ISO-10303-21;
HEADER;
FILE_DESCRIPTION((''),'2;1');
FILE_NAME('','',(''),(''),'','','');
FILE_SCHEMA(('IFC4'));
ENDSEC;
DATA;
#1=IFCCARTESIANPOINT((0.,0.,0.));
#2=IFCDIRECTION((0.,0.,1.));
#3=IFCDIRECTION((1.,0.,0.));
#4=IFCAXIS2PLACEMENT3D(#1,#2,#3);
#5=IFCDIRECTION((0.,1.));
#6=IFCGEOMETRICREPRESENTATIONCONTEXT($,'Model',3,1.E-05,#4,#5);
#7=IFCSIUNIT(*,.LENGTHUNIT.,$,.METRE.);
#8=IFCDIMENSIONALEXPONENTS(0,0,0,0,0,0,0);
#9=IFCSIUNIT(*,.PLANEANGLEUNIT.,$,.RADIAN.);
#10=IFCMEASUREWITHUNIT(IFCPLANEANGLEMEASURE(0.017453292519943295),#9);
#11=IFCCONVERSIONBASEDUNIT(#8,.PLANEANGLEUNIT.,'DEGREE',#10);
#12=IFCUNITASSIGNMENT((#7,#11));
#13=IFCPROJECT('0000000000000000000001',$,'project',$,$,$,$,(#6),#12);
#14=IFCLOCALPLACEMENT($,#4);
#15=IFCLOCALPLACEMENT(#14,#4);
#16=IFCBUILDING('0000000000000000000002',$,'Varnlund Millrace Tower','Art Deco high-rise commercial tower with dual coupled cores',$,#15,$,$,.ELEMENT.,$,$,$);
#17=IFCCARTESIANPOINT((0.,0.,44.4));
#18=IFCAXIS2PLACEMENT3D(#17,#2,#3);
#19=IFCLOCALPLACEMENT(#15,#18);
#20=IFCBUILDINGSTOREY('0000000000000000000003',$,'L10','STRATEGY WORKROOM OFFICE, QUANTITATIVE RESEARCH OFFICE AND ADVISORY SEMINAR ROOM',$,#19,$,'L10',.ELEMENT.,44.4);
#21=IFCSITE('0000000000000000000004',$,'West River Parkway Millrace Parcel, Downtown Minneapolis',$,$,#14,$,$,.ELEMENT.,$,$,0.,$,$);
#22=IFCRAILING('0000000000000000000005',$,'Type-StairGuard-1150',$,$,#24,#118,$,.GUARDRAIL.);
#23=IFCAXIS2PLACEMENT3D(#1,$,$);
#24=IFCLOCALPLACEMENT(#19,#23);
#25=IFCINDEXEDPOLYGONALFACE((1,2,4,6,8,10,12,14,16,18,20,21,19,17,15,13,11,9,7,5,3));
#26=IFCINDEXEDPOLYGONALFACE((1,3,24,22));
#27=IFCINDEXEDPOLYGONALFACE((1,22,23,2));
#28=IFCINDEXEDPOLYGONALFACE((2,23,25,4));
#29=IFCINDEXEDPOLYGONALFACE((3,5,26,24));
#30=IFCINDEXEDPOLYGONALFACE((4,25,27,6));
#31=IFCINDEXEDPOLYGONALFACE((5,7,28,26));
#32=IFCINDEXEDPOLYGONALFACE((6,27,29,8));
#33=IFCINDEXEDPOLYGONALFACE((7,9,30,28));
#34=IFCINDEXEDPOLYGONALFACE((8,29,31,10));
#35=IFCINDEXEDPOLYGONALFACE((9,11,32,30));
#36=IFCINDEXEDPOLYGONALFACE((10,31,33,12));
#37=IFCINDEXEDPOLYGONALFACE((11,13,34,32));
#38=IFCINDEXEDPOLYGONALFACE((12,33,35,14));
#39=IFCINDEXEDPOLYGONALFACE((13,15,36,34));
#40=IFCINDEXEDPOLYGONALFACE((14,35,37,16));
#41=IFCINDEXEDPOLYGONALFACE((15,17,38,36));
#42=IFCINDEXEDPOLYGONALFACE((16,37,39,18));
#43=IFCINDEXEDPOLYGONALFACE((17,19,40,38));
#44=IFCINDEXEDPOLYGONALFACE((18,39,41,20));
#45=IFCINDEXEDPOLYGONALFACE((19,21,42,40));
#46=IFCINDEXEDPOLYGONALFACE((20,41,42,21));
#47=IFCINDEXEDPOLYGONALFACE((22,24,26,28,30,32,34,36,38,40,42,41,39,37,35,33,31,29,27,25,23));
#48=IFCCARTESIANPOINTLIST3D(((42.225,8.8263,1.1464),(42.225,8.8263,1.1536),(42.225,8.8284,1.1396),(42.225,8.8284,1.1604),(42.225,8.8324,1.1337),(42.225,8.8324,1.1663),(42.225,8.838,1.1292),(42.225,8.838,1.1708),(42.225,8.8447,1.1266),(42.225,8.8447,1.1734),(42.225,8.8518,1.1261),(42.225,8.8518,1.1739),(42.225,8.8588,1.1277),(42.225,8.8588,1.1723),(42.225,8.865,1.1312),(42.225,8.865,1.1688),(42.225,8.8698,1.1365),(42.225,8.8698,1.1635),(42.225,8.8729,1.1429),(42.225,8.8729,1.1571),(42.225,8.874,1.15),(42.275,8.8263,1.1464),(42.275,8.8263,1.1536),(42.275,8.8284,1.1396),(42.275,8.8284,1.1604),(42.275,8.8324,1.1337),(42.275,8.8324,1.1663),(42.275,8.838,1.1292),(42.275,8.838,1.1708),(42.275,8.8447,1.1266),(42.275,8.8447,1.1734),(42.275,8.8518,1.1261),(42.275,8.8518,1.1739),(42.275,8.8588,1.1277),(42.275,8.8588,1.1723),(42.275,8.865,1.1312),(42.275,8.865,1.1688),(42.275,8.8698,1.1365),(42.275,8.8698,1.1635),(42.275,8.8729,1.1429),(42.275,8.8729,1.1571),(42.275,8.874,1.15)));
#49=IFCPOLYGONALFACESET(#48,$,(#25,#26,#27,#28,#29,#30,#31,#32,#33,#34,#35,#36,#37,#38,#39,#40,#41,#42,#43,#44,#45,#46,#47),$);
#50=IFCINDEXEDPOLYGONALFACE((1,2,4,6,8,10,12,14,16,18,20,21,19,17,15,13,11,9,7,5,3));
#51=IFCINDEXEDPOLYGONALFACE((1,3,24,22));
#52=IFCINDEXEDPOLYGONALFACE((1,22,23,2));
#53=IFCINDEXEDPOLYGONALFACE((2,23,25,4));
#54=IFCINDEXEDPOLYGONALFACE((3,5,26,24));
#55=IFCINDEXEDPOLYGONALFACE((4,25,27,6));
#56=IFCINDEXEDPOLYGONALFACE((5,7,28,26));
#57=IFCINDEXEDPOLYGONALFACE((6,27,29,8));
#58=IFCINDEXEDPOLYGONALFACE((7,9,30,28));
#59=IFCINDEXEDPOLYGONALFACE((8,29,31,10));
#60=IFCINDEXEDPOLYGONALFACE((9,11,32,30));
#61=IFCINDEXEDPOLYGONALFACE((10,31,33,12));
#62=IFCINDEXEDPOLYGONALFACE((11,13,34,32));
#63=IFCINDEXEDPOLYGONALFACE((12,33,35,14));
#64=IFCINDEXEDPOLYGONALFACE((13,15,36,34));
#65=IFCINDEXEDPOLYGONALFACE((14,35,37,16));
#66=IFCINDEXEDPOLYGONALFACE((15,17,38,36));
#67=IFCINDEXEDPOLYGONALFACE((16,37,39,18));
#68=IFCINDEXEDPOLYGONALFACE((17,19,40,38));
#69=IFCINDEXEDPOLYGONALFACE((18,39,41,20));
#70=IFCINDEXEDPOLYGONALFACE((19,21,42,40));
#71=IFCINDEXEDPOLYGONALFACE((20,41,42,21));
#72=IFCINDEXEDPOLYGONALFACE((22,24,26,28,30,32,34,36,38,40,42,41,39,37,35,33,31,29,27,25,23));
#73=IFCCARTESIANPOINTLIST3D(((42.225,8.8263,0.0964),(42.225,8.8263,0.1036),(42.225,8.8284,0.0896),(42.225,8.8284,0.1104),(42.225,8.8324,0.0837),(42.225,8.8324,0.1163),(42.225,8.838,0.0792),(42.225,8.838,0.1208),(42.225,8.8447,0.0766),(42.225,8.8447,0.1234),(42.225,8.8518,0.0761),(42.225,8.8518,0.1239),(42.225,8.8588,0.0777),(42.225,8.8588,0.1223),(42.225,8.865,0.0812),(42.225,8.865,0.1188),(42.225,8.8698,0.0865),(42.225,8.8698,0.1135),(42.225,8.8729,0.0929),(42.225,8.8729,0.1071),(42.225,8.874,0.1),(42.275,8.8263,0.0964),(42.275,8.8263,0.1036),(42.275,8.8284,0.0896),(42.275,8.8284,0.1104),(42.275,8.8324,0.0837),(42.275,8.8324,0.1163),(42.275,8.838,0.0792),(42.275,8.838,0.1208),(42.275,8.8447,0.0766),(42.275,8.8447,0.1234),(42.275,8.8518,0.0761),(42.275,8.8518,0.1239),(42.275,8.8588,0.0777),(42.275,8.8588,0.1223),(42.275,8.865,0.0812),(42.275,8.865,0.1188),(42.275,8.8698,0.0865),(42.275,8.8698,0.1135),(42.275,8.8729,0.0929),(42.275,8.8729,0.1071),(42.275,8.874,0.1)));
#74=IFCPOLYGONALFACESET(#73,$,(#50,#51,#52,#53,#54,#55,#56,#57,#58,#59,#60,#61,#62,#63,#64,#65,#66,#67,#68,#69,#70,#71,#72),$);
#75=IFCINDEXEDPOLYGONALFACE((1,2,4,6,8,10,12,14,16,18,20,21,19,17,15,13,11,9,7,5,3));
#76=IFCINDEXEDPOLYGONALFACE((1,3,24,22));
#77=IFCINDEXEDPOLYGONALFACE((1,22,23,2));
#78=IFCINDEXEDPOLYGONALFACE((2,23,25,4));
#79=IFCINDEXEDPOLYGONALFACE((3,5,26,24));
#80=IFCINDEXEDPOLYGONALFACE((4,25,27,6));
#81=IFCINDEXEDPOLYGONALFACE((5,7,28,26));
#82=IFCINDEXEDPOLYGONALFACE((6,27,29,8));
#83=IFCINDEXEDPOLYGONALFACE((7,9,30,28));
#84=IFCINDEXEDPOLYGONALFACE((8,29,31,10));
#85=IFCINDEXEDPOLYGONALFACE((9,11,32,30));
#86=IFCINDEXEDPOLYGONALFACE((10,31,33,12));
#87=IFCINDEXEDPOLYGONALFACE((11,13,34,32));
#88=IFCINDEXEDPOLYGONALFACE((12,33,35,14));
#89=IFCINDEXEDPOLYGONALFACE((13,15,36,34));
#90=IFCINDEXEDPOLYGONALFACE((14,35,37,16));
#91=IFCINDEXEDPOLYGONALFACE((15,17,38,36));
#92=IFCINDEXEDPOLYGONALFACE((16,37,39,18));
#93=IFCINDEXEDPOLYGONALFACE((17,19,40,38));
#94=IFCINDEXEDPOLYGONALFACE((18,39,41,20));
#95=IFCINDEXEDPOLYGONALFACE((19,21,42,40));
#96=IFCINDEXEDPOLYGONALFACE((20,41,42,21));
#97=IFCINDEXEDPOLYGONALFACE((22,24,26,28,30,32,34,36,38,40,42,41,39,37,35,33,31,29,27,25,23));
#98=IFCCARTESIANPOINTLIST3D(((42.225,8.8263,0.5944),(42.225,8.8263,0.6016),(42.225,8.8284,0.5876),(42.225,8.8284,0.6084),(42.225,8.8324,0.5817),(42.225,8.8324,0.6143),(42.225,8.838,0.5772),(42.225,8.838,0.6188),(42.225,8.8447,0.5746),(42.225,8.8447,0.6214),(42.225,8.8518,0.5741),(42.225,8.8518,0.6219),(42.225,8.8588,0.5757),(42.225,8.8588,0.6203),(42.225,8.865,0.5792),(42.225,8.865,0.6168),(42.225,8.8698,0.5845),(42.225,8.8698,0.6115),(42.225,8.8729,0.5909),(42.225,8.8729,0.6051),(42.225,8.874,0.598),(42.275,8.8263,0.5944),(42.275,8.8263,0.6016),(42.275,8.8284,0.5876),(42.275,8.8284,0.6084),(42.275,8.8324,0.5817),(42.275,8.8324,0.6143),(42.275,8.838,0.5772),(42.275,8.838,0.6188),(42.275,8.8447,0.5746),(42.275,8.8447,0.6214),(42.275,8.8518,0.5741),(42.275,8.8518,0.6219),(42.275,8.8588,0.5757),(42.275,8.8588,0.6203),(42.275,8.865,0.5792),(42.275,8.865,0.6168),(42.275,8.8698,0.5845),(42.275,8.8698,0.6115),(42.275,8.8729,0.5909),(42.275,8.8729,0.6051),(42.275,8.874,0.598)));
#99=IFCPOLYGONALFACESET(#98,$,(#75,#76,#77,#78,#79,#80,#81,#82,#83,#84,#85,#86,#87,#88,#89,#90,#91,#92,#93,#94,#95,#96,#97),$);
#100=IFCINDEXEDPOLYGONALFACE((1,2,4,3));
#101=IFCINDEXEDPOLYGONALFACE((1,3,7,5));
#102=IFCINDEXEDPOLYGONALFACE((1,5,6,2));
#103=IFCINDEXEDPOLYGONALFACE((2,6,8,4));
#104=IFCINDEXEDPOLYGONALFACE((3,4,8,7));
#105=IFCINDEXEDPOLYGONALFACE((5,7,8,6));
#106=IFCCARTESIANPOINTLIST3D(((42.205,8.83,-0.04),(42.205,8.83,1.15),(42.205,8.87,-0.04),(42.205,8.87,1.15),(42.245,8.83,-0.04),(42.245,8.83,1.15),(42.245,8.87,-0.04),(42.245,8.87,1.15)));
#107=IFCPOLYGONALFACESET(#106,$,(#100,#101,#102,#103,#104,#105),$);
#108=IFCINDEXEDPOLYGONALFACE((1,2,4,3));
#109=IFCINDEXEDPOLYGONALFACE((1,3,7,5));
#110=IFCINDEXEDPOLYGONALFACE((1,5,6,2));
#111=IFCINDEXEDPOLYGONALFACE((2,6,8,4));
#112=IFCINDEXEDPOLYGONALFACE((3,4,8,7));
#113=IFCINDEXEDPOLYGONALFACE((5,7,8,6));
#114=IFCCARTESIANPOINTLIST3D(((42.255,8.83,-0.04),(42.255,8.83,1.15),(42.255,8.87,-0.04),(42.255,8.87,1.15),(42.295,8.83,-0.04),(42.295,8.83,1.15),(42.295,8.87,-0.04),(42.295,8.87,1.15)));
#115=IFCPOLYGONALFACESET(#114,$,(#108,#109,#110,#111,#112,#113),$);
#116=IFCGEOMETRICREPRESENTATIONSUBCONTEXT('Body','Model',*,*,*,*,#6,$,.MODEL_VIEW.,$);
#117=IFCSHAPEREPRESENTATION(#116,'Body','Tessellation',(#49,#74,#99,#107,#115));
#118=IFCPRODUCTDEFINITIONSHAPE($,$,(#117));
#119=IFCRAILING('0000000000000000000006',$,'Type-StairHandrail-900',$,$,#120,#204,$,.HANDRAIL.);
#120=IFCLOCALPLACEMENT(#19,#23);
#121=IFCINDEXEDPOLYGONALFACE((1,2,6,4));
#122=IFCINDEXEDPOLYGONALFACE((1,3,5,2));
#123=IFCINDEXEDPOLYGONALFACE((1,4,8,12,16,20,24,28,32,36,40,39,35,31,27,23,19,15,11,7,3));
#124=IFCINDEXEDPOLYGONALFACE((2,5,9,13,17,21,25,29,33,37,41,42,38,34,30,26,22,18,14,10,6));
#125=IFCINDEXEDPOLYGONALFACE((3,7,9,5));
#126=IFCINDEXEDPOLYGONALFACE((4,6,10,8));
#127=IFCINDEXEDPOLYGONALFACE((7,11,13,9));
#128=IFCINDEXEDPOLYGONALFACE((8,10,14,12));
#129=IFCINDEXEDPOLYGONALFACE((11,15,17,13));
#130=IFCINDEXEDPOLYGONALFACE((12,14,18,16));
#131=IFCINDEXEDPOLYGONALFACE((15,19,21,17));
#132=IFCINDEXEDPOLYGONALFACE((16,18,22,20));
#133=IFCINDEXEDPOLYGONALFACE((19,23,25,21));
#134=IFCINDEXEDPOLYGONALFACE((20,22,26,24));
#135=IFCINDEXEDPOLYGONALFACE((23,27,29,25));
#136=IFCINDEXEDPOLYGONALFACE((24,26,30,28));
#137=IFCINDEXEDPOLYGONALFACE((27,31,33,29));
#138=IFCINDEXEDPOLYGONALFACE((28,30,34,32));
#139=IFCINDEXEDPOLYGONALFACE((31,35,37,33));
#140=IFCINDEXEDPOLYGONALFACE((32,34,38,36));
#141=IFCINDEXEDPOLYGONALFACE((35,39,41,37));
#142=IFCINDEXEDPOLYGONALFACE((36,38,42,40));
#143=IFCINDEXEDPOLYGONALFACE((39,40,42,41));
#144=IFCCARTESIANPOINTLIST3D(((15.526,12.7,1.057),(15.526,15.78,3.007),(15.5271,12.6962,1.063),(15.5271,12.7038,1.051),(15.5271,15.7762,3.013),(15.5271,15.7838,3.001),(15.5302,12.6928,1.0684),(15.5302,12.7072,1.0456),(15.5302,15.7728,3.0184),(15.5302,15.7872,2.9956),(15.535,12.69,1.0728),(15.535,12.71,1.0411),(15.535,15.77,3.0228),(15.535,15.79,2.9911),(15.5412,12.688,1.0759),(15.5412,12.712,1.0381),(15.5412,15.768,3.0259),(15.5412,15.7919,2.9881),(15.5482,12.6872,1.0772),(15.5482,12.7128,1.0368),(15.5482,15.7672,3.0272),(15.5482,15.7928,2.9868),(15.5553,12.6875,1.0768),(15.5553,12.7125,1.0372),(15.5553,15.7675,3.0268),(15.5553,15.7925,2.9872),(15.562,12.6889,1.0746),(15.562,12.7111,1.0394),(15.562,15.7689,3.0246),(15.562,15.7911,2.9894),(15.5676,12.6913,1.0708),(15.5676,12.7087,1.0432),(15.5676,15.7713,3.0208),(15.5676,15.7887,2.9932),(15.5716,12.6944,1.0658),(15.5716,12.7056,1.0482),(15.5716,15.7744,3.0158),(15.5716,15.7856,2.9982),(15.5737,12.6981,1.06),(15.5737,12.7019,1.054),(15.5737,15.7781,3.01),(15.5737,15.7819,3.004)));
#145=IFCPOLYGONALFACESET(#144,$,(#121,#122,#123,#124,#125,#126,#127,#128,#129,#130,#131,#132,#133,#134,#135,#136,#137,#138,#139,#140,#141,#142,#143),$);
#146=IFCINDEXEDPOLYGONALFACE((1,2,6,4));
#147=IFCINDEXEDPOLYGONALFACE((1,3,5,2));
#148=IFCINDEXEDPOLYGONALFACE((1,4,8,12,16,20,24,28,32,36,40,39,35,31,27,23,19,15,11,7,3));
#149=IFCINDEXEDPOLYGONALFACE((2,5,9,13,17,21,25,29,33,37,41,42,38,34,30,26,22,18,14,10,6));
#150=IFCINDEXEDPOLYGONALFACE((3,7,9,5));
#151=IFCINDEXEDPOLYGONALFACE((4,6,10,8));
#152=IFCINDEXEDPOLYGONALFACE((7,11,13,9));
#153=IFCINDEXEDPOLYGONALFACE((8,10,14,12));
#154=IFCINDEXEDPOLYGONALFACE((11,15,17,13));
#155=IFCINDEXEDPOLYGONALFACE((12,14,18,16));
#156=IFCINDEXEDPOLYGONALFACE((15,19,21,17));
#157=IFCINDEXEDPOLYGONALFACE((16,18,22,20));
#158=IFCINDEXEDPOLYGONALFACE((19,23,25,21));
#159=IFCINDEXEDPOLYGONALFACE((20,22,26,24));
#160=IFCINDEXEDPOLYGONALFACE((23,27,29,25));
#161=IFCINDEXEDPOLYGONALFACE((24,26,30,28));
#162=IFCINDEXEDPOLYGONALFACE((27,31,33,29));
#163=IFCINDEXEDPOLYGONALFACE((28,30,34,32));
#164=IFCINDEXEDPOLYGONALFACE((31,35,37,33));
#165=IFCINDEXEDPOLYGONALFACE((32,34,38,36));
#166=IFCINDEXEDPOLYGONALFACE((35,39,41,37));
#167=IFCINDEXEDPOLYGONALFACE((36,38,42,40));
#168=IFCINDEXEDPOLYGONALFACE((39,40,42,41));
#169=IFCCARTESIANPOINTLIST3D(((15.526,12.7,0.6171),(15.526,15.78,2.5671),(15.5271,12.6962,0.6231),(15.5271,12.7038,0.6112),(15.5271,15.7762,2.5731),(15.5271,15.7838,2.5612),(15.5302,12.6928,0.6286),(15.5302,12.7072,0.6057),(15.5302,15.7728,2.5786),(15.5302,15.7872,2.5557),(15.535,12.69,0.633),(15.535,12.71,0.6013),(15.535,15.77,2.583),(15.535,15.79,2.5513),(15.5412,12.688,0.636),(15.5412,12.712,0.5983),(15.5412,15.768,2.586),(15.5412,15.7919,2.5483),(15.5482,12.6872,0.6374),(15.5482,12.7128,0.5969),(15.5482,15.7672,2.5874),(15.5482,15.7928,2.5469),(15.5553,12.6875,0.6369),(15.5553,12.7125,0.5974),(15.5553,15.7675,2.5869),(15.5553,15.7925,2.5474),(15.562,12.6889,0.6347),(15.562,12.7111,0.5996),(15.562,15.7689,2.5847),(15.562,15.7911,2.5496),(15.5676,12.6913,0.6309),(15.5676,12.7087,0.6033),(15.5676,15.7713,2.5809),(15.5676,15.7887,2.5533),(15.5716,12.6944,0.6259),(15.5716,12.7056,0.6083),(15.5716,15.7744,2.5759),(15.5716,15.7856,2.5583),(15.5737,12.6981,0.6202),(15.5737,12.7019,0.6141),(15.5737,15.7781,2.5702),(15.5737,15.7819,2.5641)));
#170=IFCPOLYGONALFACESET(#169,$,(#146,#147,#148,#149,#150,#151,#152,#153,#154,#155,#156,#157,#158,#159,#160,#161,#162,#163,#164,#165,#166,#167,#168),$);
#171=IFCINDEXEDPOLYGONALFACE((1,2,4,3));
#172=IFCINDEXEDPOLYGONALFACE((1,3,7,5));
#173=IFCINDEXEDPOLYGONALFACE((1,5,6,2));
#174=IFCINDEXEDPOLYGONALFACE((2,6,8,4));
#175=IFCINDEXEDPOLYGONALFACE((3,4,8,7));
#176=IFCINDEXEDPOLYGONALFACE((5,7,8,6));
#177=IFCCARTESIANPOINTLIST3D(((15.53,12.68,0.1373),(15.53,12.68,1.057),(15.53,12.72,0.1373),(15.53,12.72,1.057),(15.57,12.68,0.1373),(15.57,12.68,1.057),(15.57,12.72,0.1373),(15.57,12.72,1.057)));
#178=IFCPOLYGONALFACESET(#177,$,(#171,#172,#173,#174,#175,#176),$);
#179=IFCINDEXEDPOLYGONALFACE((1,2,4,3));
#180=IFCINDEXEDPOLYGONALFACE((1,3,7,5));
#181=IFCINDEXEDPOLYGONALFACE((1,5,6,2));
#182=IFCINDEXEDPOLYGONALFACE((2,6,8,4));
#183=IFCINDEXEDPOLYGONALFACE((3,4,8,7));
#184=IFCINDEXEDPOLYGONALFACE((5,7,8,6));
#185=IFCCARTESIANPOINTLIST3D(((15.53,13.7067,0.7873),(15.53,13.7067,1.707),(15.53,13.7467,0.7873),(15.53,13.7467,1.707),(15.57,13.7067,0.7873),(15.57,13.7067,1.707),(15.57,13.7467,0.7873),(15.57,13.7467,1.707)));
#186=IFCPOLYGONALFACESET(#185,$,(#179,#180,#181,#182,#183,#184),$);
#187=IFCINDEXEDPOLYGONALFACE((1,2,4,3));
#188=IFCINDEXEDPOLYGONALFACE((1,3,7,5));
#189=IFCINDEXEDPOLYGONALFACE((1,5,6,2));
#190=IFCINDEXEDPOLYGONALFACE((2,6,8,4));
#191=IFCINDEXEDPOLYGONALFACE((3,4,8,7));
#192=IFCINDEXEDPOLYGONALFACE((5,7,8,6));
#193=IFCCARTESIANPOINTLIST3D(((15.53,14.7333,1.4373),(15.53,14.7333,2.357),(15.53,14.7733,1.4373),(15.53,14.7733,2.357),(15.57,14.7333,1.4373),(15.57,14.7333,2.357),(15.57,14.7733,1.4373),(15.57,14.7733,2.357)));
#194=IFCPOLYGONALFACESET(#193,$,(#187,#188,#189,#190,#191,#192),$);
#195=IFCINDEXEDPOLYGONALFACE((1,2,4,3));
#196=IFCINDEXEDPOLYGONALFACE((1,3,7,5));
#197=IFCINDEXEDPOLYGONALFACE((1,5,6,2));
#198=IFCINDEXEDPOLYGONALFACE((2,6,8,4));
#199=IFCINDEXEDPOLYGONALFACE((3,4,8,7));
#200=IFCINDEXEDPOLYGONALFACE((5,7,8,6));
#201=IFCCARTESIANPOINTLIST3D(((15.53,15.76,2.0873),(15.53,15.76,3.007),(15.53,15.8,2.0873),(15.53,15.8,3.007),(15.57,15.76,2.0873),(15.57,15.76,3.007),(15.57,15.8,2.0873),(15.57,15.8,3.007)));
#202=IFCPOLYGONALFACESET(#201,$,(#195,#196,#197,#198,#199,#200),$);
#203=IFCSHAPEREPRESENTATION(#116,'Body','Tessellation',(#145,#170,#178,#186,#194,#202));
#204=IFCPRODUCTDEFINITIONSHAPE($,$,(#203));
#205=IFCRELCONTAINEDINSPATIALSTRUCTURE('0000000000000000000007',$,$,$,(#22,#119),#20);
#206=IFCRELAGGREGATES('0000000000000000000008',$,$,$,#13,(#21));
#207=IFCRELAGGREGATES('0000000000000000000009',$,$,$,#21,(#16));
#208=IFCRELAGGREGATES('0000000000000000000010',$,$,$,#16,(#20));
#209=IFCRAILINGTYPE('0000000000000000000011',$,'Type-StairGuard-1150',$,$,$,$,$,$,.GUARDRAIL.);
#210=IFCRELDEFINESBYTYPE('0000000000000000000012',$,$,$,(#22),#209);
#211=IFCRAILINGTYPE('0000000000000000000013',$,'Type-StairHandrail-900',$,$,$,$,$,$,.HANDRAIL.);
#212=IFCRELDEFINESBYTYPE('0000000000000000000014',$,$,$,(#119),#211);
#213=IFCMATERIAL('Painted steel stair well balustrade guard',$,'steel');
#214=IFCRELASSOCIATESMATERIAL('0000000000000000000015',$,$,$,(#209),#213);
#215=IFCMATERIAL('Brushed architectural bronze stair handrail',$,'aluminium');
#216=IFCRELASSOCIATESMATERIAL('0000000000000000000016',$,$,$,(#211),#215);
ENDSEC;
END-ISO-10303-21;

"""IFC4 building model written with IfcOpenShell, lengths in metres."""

from ifc_helpers import new_model, entity, si_unit, converted_unit, direction, frame, origin_with_axes, origin_2d_with_axis, place, context, subcontext, project, spatial, rectangle, circle, extrude, material, type_object, element, save


model = new_model("IFC4")

# Units and contexts
model_context = context("Model", 3, precision=1e-05, world=origin_with_axes(), true_north=direction((0.0, 1.0)))
body_context = subcontext(model_context, "Body", "Model", "MODEL_VIEW")
ifc_project = project(units=[si_unit("LENGTHUNIT", "METRE"), converted_unit("PLANEANGLEUNIT", "DEGREE", entity("IfcPlaneAngleMeasure", 0.017453292519943295), si_unit("PLANEANGLEUNIT", "RADIAN"), dimensions=[0, 0, 0, 0, 0, 0, 0])], contexts=[model_context])

# Site, building, storey
site_placement = place(None, origin_with_axes())
site = spatial("IfcSite", under=ifc_project, at=site_placement, Name="West River Parkway Millrace Parcel, Downtown Minneapolis", CompositionType="ELEMENT", RefElevation=0.0)
building_placement = place(site_placement, origin_with_axes())
building = spatial("IfcBuilding", under=site, at=building_placement, Name="Varnlund Millrace Tower", Description="Art Deco high-rise commercial tower with dual coupled cores", CompositionType="ELEMENT")
storey_placement = place(building_placement, frame((0.0, 0.0, 44.4), z_axis=(0.0, 0.0, 1.0), x_axis=(1.0, 0.0, 0.0)))
storey = spatial("IfcBuildingStorey", under=building, at=storey_placement, Name="L10", Description="STRATEGY WORKROOM OFFICE, QUANTITATIVE RESEARCH OFFICE AND ADVISORY SEMINAR ROOM", LongName="L10", CompositionType="ELEMENT", Elevation=44.4)

# Railings
ifc_material_1 = material(Name="Painted steel stair well balustrade guard", Category="steel")
railing_type_1 = type_object("IfcRailingType", Name="Type-StairGuard-1150", PredefinedType="GUARDRAIL", material=ifc_material_1)
railing_1_placement = place(storey_placement, frame((0.0, 0.0, -44.4), z_axis=(0.0, 0.0, 1.0), x_axis=(1.0, 0.0, 0.0)))
element("IfcRailing", 1, at=railing_1_placement, inside=storey, type_object=railing_type_1, Name="Type-StairGuard-1150", PredefinedType="GUARDRAIL", context=body_context, shape_type="SweptSolid", body=[
    extrude(circle(Radius=0.024, at=origin_2d_with_axis()), frame((42.225, 8.85, 45.55), z_axis=(1.0, 0.0, 0.0), x_axis=(0.0, 1.0, 0.0)), (0.0, 0.0, 1.0), 0.05),
    extrude(circle(Radius=0.024, at=origin_2d_with_axis()), frame((42.225, 8.85, 44.5), z_axis=(1.0, 0.0, 0.0), x_axis=(0.0, 1.0, 0.0)), (0.0, 0.0, 1.0), 0.05),
    extrude(circle(Radius=0.024, at=origin_2d_with_axis()), frame((42.225, 8.85, 44.998), z_axis=(1.0, 0.0, 0.0), x_axis=(0.0, 1.0, 0.0)), (0.0, 0.0, 1.0), 0.05),
    extrude(rectangle(XDim=0.04, YDim=0.04, at=origin_2d_with_axis()), frame((42.225, 8.85, 44.36), z_axis=(0.0, 0.0, 1.0), x_axis=(1.0, 0.0, 0.0)), (0.0, 0.0, 1.0), 1.19),
    extrude(rectangle(XDim=0.04, YDim=0.04, at=origin_2d_with_axis()), frame((42.275, 8.85, 44.36), z_axis=(0.0, 0.0, 1.0), x_axis=(1.0, 0.0, 0.0)), (0.0, 0.0, 1.0), 1.19),
])
ifc_material_2 = material(Name="Brushed architectural bronze stair handrail", Category="aluminium")
railing_type_2 = type_object("IfcRailingType", Name="Type-StairHandrail-900", PredefinedType="HANDRAIL", material=ifc_material_2)
railing_2_placement = place(storey_placement, frame((0.0, 0.0, -44.4), z_axis=(0.0, 0.0, 1.0), x_axis=(1.0, 0.0, 0.0)))
element("IfcRailing", 2, at=railing_2_placement, inside=storey, type_object=railing_type_2, Name="Type-StairHandrail-900", PredefinedType="HANDRAIL", context=body_context, shape_type="SweptSolid", body=[
    extrude(circle(Radius=0.024, at=origin_2d_with_axis()), frame((15.55, 12.7, 45.457), z_axis=(0.0, 0.844902, 0.534922), x_axis=(-1.0, 0.0, 0.0)), (0.0, 0.0, 1.0), 3.6454),
    extrude(circle(Radius=0.024, at=origin_2d_with_axis()), frame((15.55, 12.7, 45.0171), z_axis=(0.0, 0.844902, 0.534922), x_axis=(-1.0, 0.0, 0.0)), (0.0, 0.0, 1.0), 3.6454),
    extrude(rectangle(XDim=0.04, YDim=0.04, at=origin_2d_with_axis()), frame((15.55, 12.7, 44.5373), z_axis=(0.0, 0.0, 1.0), x_axis=(1.0, 0.0, 0.0)), (0.0, 0.0, 1.0), 0.9197),
    extrude(rectangle(XDim=0.04, YDim=0.04, at=origin_2d_with_axis()), frame((15.55, 13.7267, 45.1873), z_axis=(0.0, 0.0, 1.0), x_axis=(1.0, 0.0, 0.0)), (0.0, 0.0, 1.0), 0.9197),
    extrude(rectangle(XDim=0.04, YDim=0.04, at=origin_2d_with_axis()), frame((15.55, 14.7533, 45.8373), z_axis=(0.0, 0.0, 1.0), x_axis=(1.0, 0.0, 0.0)), (0.0, 0.0, 1.0), 0.9197),
    extrude(rectangle(XDim=0.04, YDim=0.04, at=origin_2d_with_axis()), frame((15.55, 15.78, 46.4873), z_axis=(0.0, 0.0, 1.0), x_axis=(1.0, 0.0, 0.0)), (0.0, 0.0, 1.0), 0.9197),
])

save(model, "model.ifc")
